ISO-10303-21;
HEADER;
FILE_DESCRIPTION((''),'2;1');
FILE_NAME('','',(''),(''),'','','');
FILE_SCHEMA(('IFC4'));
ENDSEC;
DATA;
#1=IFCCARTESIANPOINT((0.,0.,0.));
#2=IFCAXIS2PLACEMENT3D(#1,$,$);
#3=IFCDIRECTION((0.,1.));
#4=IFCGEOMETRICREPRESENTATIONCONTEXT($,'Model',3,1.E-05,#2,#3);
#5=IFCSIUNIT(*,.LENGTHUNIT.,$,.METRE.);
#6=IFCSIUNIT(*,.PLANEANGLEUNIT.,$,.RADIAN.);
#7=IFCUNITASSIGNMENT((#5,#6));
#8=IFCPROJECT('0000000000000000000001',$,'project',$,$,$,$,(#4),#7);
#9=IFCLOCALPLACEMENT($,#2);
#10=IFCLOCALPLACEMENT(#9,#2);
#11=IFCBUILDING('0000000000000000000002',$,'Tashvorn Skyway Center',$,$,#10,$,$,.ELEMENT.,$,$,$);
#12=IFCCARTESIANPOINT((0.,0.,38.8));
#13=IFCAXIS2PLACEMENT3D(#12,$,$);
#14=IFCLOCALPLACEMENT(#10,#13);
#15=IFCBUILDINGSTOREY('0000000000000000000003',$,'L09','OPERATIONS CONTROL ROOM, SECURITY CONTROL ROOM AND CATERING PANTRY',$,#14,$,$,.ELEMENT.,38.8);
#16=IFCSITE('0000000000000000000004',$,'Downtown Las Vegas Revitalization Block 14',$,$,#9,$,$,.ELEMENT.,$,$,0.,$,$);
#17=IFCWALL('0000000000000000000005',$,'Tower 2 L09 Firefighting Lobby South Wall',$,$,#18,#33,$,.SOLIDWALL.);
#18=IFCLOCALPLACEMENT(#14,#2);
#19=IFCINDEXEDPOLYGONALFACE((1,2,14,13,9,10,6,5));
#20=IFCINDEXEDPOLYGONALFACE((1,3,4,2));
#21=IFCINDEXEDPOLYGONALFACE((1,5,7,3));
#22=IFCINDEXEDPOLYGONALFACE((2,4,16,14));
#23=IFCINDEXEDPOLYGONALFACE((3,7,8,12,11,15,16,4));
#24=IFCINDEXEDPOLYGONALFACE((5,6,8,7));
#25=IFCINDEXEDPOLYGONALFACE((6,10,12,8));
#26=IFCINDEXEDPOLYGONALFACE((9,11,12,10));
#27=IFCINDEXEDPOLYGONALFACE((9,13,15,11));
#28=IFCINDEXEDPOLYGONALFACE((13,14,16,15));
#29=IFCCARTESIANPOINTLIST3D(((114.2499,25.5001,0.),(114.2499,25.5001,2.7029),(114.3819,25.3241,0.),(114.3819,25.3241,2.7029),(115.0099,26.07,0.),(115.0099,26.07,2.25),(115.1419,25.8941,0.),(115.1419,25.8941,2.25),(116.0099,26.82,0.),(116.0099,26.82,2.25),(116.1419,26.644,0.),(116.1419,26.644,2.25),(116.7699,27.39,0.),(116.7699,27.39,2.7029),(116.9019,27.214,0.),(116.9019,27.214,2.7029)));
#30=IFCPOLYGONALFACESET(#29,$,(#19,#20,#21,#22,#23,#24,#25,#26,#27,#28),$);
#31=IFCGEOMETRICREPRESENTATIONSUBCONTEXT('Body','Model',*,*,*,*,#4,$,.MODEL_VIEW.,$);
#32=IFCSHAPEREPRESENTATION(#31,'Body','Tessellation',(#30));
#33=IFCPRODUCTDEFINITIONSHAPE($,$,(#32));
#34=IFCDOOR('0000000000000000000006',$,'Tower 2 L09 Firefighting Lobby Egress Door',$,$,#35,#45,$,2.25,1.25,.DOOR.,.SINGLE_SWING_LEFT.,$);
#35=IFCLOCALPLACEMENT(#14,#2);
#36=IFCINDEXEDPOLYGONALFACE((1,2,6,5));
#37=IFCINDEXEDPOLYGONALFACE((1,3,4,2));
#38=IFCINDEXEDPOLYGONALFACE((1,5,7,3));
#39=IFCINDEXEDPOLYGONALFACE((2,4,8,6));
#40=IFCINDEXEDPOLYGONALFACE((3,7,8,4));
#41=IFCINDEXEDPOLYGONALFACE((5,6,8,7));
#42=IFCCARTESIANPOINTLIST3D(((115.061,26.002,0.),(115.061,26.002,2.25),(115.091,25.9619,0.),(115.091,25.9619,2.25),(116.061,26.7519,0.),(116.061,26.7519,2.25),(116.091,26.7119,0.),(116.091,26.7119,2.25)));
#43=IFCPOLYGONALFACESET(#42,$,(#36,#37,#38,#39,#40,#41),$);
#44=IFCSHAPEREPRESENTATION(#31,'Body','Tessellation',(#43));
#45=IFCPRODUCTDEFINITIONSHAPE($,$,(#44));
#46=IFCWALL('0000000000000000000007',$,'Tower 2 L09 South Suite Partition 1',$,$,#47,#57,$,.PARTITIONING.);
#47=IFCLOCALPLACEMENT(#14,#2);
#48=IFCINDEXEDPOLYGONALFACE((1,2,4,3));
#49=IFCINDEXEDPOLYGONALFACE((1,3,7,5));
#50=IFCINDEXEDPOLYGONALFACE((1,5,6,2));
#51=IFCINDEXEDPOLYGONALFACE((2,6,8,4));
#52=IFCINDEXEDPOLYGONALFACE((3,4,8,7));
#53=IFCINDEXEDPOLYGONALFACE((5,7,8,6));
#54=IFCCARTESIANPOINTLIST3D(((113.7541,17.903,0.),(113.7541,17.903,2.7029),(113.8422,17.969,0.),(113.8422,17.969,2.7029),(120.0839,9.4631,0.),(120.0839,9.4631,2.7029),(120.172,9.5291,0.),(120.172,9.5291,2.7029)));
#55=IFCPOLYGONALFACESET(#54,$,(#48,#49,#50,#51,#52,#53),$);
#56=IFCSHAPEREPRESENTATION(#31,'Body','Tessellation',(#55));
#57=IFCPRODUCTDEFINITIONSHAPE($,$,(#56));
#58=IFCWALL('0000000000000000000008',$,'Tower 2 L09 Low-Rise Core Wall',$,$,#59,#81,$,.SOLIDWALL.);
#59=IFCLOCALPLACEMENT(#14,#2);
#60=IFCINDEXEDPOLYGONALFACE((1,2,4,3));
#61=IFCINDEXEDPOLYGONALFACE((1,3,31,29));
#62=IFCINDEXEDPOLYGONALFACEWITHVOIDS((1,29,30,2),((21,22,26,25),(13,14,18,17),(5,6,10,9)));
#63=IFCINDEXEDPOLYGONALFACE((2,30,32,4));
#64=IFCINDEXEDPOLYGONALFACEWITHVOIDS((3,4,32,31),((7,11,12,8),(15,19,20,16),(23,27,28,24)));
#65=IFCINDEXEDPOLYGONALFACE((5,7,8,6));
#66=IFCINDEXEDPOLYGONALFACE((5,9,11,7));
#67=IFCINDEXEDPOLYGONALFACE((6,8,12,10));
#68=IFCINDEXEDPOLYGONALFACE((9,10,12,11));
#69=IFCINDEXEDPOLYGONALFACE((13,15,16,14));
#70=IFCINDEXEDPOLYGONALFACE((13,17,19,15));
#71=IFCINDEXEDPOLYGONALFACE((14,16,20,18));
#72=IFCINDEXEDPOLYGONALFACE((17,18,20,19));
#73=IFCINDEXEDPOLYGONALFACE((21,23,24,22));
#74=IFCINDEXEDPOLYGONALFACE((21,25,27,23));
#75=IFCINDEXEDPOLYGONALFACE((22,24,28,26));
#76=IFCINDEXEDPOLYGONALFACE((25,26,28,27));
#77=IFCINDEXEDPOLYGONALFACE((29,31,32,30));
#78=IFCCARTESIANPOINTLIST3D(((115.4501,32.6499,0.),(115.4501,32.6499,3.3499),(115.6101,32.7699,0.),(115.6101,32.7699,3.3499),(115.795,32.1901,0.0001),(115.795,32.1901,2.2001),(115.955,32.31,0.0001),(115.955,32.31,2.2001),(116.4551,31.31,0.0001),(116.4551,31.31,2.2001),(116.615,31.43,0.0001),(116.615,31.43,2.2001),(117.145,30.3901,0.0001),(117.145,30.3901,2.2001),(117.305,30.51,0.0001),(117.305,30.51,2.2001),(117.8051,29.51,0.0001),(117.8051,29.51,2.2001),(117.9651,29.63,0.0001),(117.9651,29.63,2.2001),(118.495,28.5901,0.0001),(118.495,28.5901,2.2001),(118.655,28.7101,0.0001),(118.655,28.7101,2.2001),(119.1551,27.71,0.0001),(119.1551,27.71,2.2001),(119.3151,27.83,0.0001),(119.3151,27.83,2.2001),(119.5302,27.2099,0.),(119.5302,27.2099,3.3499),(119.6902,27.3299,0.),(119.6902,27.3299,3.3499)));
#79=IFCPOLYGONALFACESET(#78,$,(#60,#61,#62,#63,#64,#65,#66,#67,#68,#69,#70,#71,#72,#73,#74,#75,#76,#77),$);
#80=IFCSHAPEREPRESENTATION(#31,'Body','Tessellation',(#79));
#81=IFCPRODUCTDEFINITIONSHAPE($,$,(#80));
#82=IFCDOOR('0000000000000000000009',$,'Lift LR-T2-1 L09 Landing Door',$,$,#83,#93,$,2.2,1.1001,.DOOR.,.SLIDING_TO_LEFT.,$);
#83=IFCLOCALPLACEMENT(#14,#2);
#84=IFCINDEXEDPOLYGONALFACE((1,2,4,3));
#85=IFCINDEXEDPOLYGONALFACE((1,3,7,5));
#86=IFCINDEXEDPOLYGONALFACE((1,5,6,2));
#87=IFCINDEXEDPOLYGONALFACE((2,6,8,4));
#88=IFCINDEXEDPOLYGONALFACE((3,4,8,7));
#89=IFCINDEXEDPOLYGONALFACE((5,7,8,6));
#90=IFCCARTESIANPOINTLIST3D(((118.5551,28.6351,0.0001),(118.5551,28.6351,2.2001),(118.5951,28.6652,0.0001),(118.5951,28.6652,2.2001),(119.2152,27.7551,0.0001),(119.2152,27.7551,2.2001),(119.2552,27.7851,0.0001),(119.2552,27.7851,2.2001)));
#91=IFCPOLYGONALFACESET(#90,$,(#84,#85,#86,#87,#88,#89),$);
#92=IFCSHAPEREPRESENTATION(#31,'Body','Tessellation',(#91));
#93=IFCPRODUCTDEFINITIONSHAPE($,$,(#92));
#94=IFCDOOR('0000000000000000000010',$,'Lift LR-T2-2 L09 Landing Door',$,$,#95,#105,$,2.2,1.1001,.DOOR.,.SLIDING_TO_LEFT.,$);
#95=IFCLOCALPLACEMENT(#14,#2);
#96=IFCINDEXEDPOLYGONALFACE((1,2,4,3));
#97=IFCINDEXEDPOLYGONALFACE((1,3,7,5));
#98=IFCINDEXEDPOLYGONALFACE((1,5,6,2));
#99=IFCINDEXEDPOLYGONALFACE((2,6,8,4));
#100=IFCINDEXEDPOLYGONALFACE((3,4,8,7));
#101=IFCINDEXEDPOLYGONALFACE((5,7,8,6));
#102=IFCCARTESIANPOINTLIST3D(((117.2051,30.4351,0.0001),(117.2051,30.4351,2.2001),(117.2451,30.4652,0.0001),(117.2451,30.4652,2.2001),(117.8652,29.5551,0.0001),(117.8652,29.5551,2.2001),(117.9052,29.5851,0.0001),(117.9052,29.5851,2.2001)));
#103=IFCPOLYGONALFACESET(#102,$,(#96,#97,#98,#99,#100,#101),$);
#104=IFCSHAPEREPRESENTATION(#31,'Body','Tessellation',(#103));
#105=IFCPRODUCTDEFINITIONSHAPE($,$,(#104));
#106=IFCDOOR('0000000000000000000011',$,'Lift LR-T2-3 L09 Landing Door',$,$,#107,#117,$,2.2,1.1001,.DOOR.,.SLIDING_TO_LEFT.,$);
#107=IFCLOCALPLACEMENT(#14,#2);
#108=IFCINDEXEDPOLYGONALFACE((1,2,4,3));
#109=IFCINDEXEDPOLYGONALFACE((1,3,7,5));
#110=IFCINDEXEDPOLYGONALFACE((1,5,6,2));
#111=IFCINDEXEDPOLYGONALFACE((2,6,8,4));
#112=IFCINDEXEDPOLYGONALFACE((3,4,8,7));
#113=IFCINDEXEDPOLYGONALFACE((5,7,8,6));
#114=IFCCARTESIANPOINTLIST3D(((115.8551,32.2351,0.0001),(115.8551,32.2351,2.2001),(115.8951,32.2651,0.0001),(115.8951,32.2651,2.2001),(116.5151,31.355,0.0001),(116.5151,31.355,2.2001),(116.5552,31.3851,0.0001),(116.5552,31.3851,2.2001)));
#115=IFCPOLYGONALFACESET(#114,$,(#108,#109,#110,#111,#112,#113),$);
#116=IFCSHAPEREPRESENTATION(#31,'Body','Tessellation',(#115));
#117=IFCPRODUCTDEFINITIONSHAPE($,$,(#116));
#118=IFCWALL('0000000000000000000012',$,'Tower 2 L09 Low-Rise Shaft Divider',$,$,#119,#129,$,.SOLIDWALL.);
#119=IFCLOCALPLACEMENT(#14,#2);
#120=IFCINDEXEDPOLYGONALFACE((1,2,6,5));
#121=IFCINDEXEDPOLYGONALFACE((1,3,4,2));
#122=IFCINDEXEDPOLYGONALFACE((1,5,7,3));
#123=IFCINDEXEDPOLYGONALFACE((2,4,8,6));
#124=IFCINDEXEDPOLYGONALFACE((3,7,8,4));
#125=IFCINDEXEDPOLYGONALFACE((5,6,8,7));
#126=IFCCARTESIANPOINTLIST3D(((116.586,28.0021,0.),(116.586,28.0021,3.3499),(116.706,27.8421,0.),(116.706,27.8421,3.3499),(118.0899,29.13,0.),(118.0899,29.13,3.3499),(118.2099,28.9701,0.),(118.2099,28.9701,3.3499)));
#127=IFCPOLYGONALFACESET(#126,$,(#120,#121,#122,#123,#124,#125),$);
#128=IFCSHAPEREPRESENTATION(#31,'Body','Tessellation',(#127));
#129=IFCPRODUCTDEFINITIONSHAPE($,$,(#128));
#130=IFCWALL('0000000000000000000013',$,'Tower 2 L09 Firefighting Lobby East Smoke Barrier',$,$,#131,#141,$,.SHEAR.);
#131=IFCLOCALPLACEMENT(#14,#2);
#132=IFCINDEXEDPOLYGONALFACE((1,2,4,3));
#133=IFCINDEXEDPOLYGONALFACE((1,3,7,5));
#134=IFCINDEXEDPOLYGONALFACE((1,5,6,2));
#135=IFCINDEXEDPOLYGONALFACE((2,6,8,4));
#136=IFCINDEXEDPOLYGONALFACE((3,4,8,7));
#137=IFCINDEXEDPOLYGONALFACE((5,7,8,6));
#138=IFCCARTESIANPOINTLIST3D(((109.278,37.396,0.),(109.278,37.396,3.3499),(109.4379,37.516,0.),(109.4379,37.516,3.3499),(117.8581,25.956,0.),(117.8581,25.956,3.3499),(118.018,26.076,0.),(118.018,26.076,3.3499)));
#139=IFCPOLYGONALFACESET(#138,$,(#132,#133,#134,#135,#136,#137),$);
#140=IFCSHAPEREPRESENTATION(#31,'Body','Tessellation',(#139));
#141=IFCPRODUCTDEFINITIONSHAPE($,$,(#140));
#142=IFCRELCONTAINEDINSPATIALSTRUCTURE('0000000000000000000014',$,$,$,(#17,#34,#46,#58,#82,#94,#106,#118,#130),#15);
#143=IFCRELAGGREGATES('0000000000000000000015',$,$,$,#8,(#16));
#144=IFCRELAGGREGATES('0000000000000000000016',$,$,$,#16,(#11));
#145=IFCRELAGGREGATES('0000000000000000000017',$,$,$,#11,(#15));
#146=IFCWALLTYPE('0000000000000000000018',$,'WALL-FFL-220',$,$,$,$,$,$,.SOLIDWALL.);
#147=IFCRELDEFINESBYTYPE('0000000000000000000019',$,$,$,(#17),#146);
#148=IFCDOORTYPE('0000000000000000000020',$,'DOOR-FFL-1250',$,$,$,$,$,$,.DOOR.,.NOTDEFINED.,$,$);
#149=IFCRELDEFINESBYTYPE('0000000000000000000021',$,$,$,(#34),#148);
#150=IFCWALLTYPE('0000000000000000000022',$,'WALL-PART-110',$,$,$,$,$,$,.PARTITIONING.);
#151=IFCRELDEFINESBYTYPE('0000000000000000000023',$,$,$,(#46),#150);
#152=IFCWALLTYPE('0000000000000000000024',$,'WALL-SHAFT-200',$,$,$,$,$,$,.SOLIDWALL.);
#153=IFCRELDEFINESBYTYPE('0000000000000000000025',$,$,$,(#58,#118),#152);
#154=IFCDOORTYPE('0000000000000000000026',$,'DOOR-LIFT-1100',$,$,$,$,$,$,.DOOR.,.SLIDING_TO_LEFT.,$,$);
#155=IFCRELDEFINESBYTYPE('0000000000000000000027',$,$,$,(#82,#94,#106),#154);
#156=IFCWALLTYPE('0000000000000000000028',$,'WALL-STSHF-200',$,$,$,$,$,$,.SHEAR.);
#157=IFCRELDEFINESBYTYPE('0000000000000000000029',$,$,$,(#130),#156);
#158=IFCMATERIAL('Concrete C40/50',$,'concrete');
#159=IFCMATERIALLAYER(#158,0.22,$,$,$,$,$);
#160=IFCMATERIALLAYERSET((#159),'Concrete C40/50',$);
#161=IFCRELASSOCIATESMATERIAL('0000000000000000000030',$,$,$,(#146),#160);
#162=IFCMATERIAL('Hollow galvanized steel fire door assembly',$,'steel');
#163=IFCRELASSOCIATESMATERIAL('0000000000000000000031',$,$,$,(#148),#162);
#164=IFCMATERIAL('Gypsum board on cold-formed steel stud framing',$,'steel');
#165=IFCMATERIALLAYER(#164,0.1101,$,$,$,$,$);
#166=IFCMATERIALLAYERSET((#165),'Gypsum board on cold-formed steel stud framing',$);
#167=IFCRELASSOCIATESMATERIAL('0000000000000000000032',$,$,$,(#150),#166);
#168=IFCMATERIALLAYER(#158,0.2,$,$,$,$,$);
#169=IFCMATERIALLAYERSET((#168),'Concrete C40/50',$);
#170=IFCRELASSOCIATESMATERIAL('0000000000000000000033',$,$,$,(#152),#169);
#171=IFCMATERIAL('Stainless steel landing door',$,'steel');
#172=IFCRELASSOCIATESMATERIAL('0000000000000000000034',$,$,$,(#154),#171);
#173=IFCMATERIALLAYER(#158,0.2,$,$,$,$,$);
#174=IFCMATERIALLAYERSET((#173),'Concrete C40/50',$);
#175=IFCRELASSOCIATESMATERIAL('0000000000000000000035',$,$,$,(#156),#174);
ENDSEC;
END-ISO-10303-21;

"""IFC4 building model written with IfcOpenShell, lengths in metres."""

from ifc_helpers import new_model, si_unit, direction, frame, frame_2d, origin, place, context, subcontext, project, spatial, rectangle, extrude, material, layer, layer_set, type_object, element, fill, save


model = new_model("IFC4")

# Units and contexts
model_context = context("Model", 3, precision=1e-05, world=origin(), true_north=direction((0.0, 1.0)))
body_context = subcontext(model_context, "Body", "Model", "MODEL_VIEW")
ifc_project = project(units=[si_unit("LENGTHUNIT", "METRE"), si_unit("PLANEANGLEUNIT", "RADIAN")], contexts=[model_context])

# Site, building, storey
site_placement = place(None, origin())
site = spatial("IfcSite", under=ifc_project, at=site_placement, Name="Downtown Las Vegas Revitalization Block 14", CompositionType="ELEMENT", RefElevation=0.0)
building_placement = place(site_placement, origin())
building = spatial("IfcBuilding", under=site, at=building_placement, Name="Tashvorn Skyway Center", CompositionType="ELEMENT")
storey_placement = place(building_placement, frame((0.0, 0.0, 38.8)))
storey = spatial("IfcBuildingStorey", under=building, at=storey_placement, Name="L09", Description="OPERATIONS CONTROL ROOM, SECURITY CONTROL ROOM AND CATERING PANTRY", CompositionType="ELEMENT", Elevation=38.8)

# Wall, opening, door
ifc_material_1 = material(Name="Concrete C40/50", Category="concrete")
ifc_layer_1 = layer(ifc_material_1, 0.22)
ifc_layer_set_1 = layer_set([ifc_layer_1], Name="Concrete C40/50")
wall_type_1 = type_object("IfcWallType", Name="WALL-FFL-220", PredefinedType="SOLIDWALL", material=ifc_layer_set_1)
wall_1_placement = place(storey_placement, frame((114.3159, 25.4121, 0.0), z_axis=(0.0, 0.0, 1.0), x_axis=(0.800019, 0.599975, 0.0)))
wall_1 = element("IfcWall", 1, at=wall_1_placement, inside=storey, type_object=wall_type_1, Name="Tower 2 L09 Firefighting Lobby South Wall", PredefinedType="SOLIDWALL", context=body_context, shape_type="SweptSolid", body=[
    extrude(rectangle(XDim=3.1499, YDim=0.22, at=frame_2d((1.575, 0.0))), origin(), (0.0, 0.0, 1.0), 2.7029),
])
opening_1_placement = place(wall_1_placement, frame((0.95, 0.0, 0.0)))
opening_1 = element("IfcOpeningElement", 2, at=opening_1_placement, cuts=wall_1, PredefinedType="OPENING", context=body_context, shape_type="SweptSolid", body=[
    extrude(rectangle(XDim=1.25, YDim=2.25, at=frame_2d((0.625, 1.125))), frame((0.0, 0.1199, 0.0), z_axis=(0.0, -1.0, 0.0), x_axis=(1.0, 0.0, 0.0)), (0.0, 0.0, 1.0), 0.24),
])
ifc_material_2 = material(Name="Hollow galvanized steel fire door assembly", Category="steel")
door_type_1 = type_object("IfcDoorType", Name="DOOR-FFL-1250", OperationType="NOTDEFINED", PredefinedType="DOOR", material=ifc_material_2)
door_1_placement = place(opening_1_placement, origin())
door_1 = element("IfcDoor", 3, at=door_1_placement, inside=storey, type_object=door_type_1, Name="Tower 2 L09 Firefighting Lobby Egress Door", OperationType="SINGLE_SWING_LEFT", OverallHeight=2.25, OverallWidth=1.25, PredefinedType="DOOR", context=body_context, shape_type="SweptSolid", body=[
    extrude(rectangle(XDim=1.25, YDim=2.25, at=frame_2d((0.625, 1.125))), frame((0.0, 0.0249, 0.0), z_axis=(0.0, -1.0, 0.0), x_axis=(1.0, 0.0, 0.0)), (0.0, 0.0, 1.0), 0.05),
])
fill(opening_1, door_1)

# Wall
ifc_material_3 = material(Name="Gypsum board on cold-formed steel stud framing", Category="steel")
ifc_layer_2 = layer(ifc_material_3, 0.1101)
ifc_layer_set_2 = layer_set([ifc_layer_2], Name="Gypsum board on cold-formed steel stud framing")
wall_type_2 = type_object("IfcWallType", Name="WALL-PART-110", PredefinedType="PARTITIONING", material=ifc_layer_set_2)
wall_2_placement = place(storey_placement, frame((120.1279, 9.4961, 0.0), z_axis=(0.0, 0.0, 1.0), x_axis=(-0.599993, 0.800006, 0.0)))
element("IfcWall", 4, at=wall_2_placement, inside=storey, type_object=wall_type_2, Name="Tower 2 L09 South Suite Partition 1", PredefinedType="PARTITIONING", context=body_context, shape_type="SweptSolid", body=[
    extrude(rectangle(XDim=10.5498, YDim=0.1101, at=frame_2d((5.2749, 0.0))), origin(), (0.0, 0.0, 1.0), 2.7029),
])

# Wall, openings, doors
ifc_layer_3 = layer(ifc_material_1, 0.2)
ifc_layer_set_3 = layer_set([ifc_layer_3], Name="Concrete C40/50")
wall_type_3 = type_object("IfcWallType", Name="WALL-SHAFT-200", PredefinedType="SOLIDWALL", material=ifc_layer_set_3)
wall_3_placement = place(storey_placement, frame((119.6101, 27.27, 0.0), z_axis=(0.0, 0.0, 1.0), x_axis=(-0.600011, 0.799991, 0.0)))
wall_3 = element("IfcWall", 5, at=wall_3_placement, inside=storey, type_object=wall_type_3, Name="Tower 2 L09 Low-Rise Core Wall", PredefinedType="SOLIDWALL", context=body_context, shape_type="SweptSolid", body=[
    extrude(rectangle(XDim=6.8, YDim=0.2, at=frame_2d((3.3999, 0.0))), origin(), (0.0, 0.0, 1.0), 3.3499),
])
opening_2_placement = place(wall_3_placement, frame((0.625, 0.0, 0.0)))
opening_2 = element("IfcOpeningElement", 6, at=opening_2_placement, cuts=wall_3, PredefinedType="OPENING", context=body_context, shape_type="SweptSolid", body=[
    extrude(rectangle(XDim=1.1001, YDim=2.2, at=frame_2d((0.55, 1.1001))), frame((0.0, 0.1099, 0.0), z_axis=(0.0, -1.0, 0.0), x_axis=(1.0, 0.0, 0.0)), (0.0, 0.0, 1.0), 0.22),
])
opening_3_placement = place(wall_3_placement, frame((2.875, 0.0, 0.0)))
opening_3 = element("IfcOpeningElement", 7, at=opening_3_placement, cuts=wall_3, PredefinedType="OPENING", context=body_context, shape_type="SweptSolid", body=[
    extrude(rectangle(XDim=1.1001, YDim=2.2, at=frame_2d((0.55, 1.1001))), frame((0.0, 0.1099, 0.0), z_axis=(0.0, -1.0, 0.0), x_axis=(1.0, 0.0, 0.0)), (0.0, 0.0, 1.0), 0.22),
])
opening_4_placement = place(wall_3_placement, frame((5.125, 0.0, 0.0)))
opening_4 = element("IfcOpeningElement", 8, at=opening_4_placement, cuts=wall_3, PredefinedType="OPENING", context=body_context, shape_type="SweptSolid", body=[
    extrude(rectangle(XDim=1.1001, YDim=2.2, at=frame_2d((0.55, 1.1001))), frame((0.0, 0.1099, 0.0), z_axis=(0.0, -1.0, 0.0), x_axis=(1.0, 0.0, 0.0)), (0.0, 0.0, 1.0), 0.22),
])
ifc_material_4 = material(Name="Stainless steel landing door", Category="steel")
door_type_2 = type_object("IfcDoorType", Name="DOOR-LIFT-1100", OperationType="SLIDING_TO_LEFT", PredefinedType="DOOR", material=ifc_material_4)
door_2_placement = place(opening_2_placement, origin())
door_2 = element("IfcDoor", 9, at=door_2_placement, inside=storey, type_object=door_type_2, Name="Lift LR-T2-1 L09 Landing Door", OperationType="SLIDING_TO_LEFT", OverallHeight=2.2, OverallWidth=1.1001, PredefinedType="DOOR", context=body_context, shape_type="SweptSolid", body=[
    extrude(rectangle(XDim=1.1001, YDim=2.2, at=frame_2d((0.55, 1.1001))), frame((0.0, 0.0249, 0.0), z_axis=(0.0, -1.0, 0.0), x_axis=(1.0, 0.0, 0.0)), (0.0, 0.0, 1.0), 0.05),
])
fill(opening_2, door_2)
door_3_placement = place(opening_3_placement, origin())
door_3 = element("IfcDoor", 10, at=door_3_placement, inside=storey, type_object=door_type_2, Name="Lift LR-T2-2 L09 Landing Door", OperationType="SLIDING_TO_LEFT", OverallHeight=2.2, OverallWidth=1.1001, PredefinedType="DOOR", context=body_context, shape_type="SweptSolid", body=[
    extrude(rectangle(XDim=1.1001, YDim=2.2, at=frame_2d((0.55, 1.1001))), frame((0.0, 0.0249, 0.0), z_axis=(0.0, -1.0, 0.0), x_axis=(1.0, 0.0, 0.0)), (0.0, 0.0, 1.0), 0.05),
])
fill(opening_3, door_3)
door_4_placement = place(opening_4_placement, origin())
door_4 = element("IfcDoor", 11, at=door_4_placement, inside=storey, type_object=door_type_2, Name="Lift LR-T2-3 L09 Landing Door", OperationType="SLIDING_TO_LEFT", OverallHeight=2.2, OverallWidth=1.1001, PredefinedType="DOOR", context=body_context, shape_type="SweptSolid", body=[
    extrude(rectangle(XDim=1.1001, YDim=2.2, at=frame_2d((0.55, 1.1001))), frame((0.0, 0.0249, 0.0), z_axis=(0.0, -1.0, 0.0), x_axis=(1.0, 0.0, 0.0)), (0.0, 0.0, 1.0), 0.05),
])
fill(opening_4, door_4)

# Walls
wall_4_placement = place(storey_placement, frame((116.646, 27.9221, 0.0), z_axis=(0.0, 0.0, 1.0), x_axis=(0.8, 0.6, 0.0)))
element("IfcWall", 12, at=wall_4_placement, inside=storey, type_object=wall_type_3, Name="Tower 2 L09 Low-Rise Shaft Divider", PredefinedType="SOLIDWALL", context=body_context, shape_type="SweptSolid", body=[
    extrude(rectangle(XDim=1.8799, YDim=0.2, at=frame_2d((0.9399, 0.0))), origin(), (0.0, 0.0, 1.0), 3.3499),
])
ifc_layer_4 = layer(ifc_material_1, 0.2)
ifc_layer_set_4 = layer_set([ifc_layer_4], Name="Concrete C40/50")
wall_type_4 = type_object("IfcWallType", Name="WALL-STSHF-200", PredefinedType="SHEAR", material=ifc_layer_set_4)
wall_5_placement = place(storey_placement, frame((117.938, 26.0161, 0.0), z_axis=(0.0, 0.0, 1.0), x_axis=(-0.600005, 0.799996, 0.0)))
element("IfcWall", 13, at=wall_5_placement, inside=storey, type_object=wall_type_4, Name="Tower 2 L09 Firefighting Lobby East Smoke Barrier", PredefinedType="SHEAR", context=body_context, shape_type="SweptSolid", body=[
    extrude(rectangle(XDim=14.3, YDim=0.2, at=frame_2d((7.1499, 0.0))), origin(), (0.0, 0.0, 1.0), 3.3499),
])

save(model, "model.ifc")
